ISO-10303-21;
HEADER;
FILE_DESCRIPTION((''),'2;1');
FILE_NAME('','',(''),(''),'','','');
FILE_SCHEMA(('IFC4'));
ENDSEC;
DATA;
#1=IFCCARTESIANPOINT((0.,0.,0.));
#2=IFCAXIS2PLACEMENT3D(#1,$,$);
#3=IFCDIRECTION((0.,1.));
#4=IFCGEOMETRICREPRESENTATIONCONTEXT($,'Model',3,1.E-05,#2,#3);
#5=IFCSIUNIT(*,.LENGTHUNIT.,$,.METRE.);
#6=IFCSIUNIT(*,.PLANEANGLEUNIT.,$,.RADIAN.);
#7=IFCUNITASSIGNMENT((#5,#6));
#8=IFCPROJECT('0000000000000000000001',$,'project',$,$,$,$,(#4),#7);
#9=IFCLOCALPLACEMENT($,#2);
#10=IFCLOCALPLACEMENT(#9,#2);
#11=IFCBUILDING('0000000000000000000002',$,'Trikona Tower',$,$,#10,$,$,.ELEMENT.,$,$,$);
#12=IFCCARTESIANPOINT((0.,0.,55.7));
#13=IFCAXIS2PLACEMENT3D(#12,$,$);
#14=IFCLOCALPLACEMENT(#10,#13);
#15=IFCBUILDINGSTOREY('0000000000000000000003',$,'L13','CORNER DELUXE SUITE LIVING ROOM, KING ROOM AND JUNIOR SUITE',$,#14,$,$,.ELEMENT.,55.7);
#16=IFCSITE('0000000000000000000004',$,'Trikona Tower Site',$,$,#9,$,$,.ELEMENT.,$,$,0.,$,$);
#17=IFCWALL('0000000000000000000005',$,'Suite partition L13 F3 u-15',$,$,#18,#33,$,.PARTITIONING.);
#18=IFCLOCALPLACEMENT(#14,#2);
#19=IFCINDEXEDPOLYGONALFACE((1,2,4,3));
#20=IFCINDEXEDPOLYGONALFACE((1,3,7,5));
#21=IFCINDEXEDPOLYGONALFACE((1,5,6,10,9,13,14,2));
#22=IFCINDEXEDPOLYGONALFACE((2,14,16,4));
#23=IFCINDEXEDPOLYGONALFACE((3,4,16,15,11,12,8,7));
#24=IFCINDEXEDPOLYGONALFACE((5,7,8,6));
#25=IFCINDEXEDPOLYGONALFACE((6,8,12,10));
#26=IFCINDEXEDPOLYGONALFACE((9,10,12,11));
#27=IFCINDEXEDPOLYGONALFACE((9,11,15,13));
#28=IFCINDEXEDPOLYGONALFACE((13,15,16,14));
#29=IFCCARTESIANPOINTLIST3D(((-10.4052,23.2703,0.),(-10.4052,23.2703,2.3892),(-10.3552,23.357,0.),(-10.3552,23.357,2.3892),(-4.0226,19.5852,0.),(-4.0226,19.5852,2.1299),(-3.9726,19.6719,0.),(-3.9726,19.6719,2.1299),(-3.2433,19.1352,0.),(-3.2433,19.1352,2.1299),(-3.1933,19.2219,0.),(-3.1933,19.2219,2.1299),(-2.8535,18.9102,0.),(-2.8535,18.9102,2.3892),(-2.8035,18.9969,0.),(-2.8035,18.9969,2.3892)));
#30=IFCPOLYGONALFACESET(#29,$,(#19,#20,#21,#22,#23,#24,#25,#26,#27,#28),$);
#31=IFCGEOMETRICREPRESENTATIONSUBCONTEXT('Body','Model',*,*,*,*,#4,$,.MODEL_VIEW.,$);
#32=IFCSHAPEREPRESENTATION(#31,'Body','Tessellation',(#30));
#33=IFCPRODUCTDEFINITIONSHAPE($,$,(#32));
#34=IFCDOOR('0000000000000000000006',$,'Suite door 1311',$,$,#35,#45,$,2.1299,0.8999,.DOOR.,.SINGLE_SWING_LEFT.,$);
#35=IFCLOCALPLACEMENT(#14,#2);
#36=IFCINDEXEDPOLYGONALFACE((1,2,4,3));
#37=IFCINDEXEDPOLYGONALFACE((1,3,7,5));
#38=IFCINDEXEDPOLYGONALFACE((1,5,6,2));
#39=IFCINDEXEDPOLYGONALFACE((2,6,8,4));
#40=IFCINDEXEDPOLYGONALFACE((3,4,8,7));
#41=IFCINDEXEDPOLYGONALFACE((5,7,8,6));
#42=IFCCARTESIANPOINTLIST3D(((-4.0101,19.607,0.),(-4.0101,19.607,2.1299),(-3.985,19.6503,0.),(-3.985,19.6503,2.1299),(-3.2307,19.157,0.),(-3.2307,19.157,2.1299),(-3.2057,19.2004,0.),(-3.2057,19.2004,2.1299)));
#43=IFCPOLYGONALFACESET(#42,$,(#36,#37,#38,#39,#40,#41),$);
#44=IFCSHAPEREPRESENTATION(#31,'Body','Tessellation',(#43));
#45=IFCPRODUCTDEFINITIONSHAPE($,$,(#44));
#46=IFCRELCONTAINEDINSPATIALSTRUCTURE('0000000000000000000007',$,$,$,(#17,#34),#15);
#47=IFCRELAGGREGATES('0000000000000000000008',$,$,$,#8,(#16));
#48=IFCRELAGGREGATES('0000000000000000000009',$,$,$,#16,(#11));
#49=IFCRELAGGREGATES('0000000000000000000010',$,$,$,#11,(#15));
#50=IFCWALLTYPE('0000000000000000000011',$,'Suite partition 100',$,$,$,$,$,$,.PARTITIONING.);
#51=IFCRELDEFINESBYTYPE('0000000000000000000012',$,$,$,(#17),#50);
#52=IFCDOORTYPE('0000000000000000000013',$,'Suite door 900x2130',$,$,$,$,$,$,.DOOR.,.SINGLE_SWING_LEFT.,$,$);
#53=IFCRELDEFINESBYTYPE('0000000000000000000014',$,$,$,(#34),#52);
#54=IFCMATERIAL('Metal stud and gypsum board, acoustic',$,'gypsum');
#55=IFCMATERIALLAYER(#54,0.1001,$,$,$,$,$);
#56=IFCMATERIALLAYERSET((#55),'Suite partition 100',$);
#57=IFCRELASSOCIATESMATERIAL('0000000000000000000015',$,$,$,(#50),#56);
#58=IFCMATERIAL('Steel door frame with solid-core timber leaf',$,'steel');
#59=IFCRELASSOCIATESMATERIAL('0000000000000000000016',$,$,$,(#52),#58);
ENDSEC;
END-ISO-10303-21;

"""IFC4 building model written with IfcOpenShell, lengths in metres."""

from ifc_helpers import new_model, si_unit, direction, frame, frame_2d, origin, place, context, subcontext, project, spatial, rectangle, extrude, material, layer, layer_set, type_object, element, fill, save


model = new_model("IFC4")

# Units and contexts
model_context = context("Model", 3, precision=1e-05, world=origin(), true_north=direction((0.0, 1.0)))
body_context = subcontext(model_context, "Body", "Model", "MODEL_VIEW")
ifc_project = project(units=[si_unit("LENGTHUNIT", "METRE"), si_unit("PLANEANGLEUNIT", "RADIAN")], contexts=[model_context])

# Site, building, storey
site_placement = place(None, origin())
site = spatial("IfcSite", under=ifc_project, at=site_placement, Name="Trikona Tower Site", CompositionType="ELEMENT", RefElevation=0.0)
building_placement = place(site_placement, origin())
building = spatial("IfcBuilding", under=site, at=building_placement, Name="Trikona Tower", CompositionType="ELEMENT")
storey_placement = place(building_placement, frame((0.0, 0.0, 55.7)))
storey = spatial("IfcBuildingStorey", under=building, at=storey_placement, Name="L13", Description="CORNER DELUXE SUITE LIVING ROOM, KING ROOM AND JUNIOR SUITE", CompositionType="ELEMENT", Elevation=55.7)

# Wall, opening, door
ifc_material_1 = material(Name="Metal stud and gypsum board, acoustic", Category="gypsum")
ifc_layer_1 = layer(ifc_material_1, 0.1001)
ifc_layer_set_1 = layer_set([ifc_layer_1], Name="Suite partition 100")
wall_type_1 = type_object("IfcWallType", Name="Suite partition 100", PredefinedType="PARTITIONING", material=ifc_layer_set_1)
wall_1_placement = place(storey_placement, frame((-2.8286, 18.9536, 0.0), z_axis=(0.0, 0.0, 1.0), x_axis=(-0.866021, 0.500008, 0.0)))
wall_1 = element("IfcWall", 1, at=wall_1_placement, inside=storey, type_object=wall_type_1, Name="Suite partition L13 F3 u-15", PredefinedType="PARTITIONING", context=body_context, shape_type="SweptSolid", body=[
    extrude(rectangle(XDim=8.72, YDim=0.1001, at=frame_2d((4.3599, 0.0))), origin(), (0.0, 0.0, 1.0), 2.3892),
])
opening_1_placement = place(wall_1_placement, frame((0.45, 0.0, 0.0)))
opening_1 = element("IfcOpeningElement", 2, at=opening_1_placement, cuts=wall_1, PredefinedType="OPENING", context=body_context, shape_type="SweptSolid", body=[
    extrude(rectangle(XDim=0.8999, YDim=2.1299, at=frame_2d((0.45, 1.0649))), frame((0.0, 0.0601, 0.0), z_axis=(0.0, -1.0, 0.0), x_axis=(1.0, 0.0, 0.0)), (0.0, 0.0, 1.0), 0.1201),
])
ifc_material_2 = material(Name="Steel door frame with solid-core timber leaf", Category="steel")
door_type_1 = type_object("IfcDoorType", Name="Suite door 900x2130", OperationType="SINGLE_SWING_LEFT", PredefinedType="DOOR", material=ifc_material_2)
door_1_placement = place(opening_1_placement, origin())
door_1 = element("IfcDoor", 3, at=door_1_placement, inside=storey, type_object=door_type_1, Name="Suite door 1311", OperationType="SINGLE_SWING_LEFT", OverallHeight=2.1299, OverallWidth=0.8999, PredefinedType="DOOR", context=body_context, shape_type="SweptSolid", body=[
    extrude(rectangle(XDim=0.8999, YDim=2.1299, at=frame_2d((0.45, 1.0649))), frame((0.0, 0.0249, 0.0), z_axis=(0.0, -1.0, 0.0), x_axis=(1.0, 0.0, 0.0)), (0.0, 0.0, 1.0), 0.05),
])
fill(opening_1, door_1)

save(model, "model.ifc")
